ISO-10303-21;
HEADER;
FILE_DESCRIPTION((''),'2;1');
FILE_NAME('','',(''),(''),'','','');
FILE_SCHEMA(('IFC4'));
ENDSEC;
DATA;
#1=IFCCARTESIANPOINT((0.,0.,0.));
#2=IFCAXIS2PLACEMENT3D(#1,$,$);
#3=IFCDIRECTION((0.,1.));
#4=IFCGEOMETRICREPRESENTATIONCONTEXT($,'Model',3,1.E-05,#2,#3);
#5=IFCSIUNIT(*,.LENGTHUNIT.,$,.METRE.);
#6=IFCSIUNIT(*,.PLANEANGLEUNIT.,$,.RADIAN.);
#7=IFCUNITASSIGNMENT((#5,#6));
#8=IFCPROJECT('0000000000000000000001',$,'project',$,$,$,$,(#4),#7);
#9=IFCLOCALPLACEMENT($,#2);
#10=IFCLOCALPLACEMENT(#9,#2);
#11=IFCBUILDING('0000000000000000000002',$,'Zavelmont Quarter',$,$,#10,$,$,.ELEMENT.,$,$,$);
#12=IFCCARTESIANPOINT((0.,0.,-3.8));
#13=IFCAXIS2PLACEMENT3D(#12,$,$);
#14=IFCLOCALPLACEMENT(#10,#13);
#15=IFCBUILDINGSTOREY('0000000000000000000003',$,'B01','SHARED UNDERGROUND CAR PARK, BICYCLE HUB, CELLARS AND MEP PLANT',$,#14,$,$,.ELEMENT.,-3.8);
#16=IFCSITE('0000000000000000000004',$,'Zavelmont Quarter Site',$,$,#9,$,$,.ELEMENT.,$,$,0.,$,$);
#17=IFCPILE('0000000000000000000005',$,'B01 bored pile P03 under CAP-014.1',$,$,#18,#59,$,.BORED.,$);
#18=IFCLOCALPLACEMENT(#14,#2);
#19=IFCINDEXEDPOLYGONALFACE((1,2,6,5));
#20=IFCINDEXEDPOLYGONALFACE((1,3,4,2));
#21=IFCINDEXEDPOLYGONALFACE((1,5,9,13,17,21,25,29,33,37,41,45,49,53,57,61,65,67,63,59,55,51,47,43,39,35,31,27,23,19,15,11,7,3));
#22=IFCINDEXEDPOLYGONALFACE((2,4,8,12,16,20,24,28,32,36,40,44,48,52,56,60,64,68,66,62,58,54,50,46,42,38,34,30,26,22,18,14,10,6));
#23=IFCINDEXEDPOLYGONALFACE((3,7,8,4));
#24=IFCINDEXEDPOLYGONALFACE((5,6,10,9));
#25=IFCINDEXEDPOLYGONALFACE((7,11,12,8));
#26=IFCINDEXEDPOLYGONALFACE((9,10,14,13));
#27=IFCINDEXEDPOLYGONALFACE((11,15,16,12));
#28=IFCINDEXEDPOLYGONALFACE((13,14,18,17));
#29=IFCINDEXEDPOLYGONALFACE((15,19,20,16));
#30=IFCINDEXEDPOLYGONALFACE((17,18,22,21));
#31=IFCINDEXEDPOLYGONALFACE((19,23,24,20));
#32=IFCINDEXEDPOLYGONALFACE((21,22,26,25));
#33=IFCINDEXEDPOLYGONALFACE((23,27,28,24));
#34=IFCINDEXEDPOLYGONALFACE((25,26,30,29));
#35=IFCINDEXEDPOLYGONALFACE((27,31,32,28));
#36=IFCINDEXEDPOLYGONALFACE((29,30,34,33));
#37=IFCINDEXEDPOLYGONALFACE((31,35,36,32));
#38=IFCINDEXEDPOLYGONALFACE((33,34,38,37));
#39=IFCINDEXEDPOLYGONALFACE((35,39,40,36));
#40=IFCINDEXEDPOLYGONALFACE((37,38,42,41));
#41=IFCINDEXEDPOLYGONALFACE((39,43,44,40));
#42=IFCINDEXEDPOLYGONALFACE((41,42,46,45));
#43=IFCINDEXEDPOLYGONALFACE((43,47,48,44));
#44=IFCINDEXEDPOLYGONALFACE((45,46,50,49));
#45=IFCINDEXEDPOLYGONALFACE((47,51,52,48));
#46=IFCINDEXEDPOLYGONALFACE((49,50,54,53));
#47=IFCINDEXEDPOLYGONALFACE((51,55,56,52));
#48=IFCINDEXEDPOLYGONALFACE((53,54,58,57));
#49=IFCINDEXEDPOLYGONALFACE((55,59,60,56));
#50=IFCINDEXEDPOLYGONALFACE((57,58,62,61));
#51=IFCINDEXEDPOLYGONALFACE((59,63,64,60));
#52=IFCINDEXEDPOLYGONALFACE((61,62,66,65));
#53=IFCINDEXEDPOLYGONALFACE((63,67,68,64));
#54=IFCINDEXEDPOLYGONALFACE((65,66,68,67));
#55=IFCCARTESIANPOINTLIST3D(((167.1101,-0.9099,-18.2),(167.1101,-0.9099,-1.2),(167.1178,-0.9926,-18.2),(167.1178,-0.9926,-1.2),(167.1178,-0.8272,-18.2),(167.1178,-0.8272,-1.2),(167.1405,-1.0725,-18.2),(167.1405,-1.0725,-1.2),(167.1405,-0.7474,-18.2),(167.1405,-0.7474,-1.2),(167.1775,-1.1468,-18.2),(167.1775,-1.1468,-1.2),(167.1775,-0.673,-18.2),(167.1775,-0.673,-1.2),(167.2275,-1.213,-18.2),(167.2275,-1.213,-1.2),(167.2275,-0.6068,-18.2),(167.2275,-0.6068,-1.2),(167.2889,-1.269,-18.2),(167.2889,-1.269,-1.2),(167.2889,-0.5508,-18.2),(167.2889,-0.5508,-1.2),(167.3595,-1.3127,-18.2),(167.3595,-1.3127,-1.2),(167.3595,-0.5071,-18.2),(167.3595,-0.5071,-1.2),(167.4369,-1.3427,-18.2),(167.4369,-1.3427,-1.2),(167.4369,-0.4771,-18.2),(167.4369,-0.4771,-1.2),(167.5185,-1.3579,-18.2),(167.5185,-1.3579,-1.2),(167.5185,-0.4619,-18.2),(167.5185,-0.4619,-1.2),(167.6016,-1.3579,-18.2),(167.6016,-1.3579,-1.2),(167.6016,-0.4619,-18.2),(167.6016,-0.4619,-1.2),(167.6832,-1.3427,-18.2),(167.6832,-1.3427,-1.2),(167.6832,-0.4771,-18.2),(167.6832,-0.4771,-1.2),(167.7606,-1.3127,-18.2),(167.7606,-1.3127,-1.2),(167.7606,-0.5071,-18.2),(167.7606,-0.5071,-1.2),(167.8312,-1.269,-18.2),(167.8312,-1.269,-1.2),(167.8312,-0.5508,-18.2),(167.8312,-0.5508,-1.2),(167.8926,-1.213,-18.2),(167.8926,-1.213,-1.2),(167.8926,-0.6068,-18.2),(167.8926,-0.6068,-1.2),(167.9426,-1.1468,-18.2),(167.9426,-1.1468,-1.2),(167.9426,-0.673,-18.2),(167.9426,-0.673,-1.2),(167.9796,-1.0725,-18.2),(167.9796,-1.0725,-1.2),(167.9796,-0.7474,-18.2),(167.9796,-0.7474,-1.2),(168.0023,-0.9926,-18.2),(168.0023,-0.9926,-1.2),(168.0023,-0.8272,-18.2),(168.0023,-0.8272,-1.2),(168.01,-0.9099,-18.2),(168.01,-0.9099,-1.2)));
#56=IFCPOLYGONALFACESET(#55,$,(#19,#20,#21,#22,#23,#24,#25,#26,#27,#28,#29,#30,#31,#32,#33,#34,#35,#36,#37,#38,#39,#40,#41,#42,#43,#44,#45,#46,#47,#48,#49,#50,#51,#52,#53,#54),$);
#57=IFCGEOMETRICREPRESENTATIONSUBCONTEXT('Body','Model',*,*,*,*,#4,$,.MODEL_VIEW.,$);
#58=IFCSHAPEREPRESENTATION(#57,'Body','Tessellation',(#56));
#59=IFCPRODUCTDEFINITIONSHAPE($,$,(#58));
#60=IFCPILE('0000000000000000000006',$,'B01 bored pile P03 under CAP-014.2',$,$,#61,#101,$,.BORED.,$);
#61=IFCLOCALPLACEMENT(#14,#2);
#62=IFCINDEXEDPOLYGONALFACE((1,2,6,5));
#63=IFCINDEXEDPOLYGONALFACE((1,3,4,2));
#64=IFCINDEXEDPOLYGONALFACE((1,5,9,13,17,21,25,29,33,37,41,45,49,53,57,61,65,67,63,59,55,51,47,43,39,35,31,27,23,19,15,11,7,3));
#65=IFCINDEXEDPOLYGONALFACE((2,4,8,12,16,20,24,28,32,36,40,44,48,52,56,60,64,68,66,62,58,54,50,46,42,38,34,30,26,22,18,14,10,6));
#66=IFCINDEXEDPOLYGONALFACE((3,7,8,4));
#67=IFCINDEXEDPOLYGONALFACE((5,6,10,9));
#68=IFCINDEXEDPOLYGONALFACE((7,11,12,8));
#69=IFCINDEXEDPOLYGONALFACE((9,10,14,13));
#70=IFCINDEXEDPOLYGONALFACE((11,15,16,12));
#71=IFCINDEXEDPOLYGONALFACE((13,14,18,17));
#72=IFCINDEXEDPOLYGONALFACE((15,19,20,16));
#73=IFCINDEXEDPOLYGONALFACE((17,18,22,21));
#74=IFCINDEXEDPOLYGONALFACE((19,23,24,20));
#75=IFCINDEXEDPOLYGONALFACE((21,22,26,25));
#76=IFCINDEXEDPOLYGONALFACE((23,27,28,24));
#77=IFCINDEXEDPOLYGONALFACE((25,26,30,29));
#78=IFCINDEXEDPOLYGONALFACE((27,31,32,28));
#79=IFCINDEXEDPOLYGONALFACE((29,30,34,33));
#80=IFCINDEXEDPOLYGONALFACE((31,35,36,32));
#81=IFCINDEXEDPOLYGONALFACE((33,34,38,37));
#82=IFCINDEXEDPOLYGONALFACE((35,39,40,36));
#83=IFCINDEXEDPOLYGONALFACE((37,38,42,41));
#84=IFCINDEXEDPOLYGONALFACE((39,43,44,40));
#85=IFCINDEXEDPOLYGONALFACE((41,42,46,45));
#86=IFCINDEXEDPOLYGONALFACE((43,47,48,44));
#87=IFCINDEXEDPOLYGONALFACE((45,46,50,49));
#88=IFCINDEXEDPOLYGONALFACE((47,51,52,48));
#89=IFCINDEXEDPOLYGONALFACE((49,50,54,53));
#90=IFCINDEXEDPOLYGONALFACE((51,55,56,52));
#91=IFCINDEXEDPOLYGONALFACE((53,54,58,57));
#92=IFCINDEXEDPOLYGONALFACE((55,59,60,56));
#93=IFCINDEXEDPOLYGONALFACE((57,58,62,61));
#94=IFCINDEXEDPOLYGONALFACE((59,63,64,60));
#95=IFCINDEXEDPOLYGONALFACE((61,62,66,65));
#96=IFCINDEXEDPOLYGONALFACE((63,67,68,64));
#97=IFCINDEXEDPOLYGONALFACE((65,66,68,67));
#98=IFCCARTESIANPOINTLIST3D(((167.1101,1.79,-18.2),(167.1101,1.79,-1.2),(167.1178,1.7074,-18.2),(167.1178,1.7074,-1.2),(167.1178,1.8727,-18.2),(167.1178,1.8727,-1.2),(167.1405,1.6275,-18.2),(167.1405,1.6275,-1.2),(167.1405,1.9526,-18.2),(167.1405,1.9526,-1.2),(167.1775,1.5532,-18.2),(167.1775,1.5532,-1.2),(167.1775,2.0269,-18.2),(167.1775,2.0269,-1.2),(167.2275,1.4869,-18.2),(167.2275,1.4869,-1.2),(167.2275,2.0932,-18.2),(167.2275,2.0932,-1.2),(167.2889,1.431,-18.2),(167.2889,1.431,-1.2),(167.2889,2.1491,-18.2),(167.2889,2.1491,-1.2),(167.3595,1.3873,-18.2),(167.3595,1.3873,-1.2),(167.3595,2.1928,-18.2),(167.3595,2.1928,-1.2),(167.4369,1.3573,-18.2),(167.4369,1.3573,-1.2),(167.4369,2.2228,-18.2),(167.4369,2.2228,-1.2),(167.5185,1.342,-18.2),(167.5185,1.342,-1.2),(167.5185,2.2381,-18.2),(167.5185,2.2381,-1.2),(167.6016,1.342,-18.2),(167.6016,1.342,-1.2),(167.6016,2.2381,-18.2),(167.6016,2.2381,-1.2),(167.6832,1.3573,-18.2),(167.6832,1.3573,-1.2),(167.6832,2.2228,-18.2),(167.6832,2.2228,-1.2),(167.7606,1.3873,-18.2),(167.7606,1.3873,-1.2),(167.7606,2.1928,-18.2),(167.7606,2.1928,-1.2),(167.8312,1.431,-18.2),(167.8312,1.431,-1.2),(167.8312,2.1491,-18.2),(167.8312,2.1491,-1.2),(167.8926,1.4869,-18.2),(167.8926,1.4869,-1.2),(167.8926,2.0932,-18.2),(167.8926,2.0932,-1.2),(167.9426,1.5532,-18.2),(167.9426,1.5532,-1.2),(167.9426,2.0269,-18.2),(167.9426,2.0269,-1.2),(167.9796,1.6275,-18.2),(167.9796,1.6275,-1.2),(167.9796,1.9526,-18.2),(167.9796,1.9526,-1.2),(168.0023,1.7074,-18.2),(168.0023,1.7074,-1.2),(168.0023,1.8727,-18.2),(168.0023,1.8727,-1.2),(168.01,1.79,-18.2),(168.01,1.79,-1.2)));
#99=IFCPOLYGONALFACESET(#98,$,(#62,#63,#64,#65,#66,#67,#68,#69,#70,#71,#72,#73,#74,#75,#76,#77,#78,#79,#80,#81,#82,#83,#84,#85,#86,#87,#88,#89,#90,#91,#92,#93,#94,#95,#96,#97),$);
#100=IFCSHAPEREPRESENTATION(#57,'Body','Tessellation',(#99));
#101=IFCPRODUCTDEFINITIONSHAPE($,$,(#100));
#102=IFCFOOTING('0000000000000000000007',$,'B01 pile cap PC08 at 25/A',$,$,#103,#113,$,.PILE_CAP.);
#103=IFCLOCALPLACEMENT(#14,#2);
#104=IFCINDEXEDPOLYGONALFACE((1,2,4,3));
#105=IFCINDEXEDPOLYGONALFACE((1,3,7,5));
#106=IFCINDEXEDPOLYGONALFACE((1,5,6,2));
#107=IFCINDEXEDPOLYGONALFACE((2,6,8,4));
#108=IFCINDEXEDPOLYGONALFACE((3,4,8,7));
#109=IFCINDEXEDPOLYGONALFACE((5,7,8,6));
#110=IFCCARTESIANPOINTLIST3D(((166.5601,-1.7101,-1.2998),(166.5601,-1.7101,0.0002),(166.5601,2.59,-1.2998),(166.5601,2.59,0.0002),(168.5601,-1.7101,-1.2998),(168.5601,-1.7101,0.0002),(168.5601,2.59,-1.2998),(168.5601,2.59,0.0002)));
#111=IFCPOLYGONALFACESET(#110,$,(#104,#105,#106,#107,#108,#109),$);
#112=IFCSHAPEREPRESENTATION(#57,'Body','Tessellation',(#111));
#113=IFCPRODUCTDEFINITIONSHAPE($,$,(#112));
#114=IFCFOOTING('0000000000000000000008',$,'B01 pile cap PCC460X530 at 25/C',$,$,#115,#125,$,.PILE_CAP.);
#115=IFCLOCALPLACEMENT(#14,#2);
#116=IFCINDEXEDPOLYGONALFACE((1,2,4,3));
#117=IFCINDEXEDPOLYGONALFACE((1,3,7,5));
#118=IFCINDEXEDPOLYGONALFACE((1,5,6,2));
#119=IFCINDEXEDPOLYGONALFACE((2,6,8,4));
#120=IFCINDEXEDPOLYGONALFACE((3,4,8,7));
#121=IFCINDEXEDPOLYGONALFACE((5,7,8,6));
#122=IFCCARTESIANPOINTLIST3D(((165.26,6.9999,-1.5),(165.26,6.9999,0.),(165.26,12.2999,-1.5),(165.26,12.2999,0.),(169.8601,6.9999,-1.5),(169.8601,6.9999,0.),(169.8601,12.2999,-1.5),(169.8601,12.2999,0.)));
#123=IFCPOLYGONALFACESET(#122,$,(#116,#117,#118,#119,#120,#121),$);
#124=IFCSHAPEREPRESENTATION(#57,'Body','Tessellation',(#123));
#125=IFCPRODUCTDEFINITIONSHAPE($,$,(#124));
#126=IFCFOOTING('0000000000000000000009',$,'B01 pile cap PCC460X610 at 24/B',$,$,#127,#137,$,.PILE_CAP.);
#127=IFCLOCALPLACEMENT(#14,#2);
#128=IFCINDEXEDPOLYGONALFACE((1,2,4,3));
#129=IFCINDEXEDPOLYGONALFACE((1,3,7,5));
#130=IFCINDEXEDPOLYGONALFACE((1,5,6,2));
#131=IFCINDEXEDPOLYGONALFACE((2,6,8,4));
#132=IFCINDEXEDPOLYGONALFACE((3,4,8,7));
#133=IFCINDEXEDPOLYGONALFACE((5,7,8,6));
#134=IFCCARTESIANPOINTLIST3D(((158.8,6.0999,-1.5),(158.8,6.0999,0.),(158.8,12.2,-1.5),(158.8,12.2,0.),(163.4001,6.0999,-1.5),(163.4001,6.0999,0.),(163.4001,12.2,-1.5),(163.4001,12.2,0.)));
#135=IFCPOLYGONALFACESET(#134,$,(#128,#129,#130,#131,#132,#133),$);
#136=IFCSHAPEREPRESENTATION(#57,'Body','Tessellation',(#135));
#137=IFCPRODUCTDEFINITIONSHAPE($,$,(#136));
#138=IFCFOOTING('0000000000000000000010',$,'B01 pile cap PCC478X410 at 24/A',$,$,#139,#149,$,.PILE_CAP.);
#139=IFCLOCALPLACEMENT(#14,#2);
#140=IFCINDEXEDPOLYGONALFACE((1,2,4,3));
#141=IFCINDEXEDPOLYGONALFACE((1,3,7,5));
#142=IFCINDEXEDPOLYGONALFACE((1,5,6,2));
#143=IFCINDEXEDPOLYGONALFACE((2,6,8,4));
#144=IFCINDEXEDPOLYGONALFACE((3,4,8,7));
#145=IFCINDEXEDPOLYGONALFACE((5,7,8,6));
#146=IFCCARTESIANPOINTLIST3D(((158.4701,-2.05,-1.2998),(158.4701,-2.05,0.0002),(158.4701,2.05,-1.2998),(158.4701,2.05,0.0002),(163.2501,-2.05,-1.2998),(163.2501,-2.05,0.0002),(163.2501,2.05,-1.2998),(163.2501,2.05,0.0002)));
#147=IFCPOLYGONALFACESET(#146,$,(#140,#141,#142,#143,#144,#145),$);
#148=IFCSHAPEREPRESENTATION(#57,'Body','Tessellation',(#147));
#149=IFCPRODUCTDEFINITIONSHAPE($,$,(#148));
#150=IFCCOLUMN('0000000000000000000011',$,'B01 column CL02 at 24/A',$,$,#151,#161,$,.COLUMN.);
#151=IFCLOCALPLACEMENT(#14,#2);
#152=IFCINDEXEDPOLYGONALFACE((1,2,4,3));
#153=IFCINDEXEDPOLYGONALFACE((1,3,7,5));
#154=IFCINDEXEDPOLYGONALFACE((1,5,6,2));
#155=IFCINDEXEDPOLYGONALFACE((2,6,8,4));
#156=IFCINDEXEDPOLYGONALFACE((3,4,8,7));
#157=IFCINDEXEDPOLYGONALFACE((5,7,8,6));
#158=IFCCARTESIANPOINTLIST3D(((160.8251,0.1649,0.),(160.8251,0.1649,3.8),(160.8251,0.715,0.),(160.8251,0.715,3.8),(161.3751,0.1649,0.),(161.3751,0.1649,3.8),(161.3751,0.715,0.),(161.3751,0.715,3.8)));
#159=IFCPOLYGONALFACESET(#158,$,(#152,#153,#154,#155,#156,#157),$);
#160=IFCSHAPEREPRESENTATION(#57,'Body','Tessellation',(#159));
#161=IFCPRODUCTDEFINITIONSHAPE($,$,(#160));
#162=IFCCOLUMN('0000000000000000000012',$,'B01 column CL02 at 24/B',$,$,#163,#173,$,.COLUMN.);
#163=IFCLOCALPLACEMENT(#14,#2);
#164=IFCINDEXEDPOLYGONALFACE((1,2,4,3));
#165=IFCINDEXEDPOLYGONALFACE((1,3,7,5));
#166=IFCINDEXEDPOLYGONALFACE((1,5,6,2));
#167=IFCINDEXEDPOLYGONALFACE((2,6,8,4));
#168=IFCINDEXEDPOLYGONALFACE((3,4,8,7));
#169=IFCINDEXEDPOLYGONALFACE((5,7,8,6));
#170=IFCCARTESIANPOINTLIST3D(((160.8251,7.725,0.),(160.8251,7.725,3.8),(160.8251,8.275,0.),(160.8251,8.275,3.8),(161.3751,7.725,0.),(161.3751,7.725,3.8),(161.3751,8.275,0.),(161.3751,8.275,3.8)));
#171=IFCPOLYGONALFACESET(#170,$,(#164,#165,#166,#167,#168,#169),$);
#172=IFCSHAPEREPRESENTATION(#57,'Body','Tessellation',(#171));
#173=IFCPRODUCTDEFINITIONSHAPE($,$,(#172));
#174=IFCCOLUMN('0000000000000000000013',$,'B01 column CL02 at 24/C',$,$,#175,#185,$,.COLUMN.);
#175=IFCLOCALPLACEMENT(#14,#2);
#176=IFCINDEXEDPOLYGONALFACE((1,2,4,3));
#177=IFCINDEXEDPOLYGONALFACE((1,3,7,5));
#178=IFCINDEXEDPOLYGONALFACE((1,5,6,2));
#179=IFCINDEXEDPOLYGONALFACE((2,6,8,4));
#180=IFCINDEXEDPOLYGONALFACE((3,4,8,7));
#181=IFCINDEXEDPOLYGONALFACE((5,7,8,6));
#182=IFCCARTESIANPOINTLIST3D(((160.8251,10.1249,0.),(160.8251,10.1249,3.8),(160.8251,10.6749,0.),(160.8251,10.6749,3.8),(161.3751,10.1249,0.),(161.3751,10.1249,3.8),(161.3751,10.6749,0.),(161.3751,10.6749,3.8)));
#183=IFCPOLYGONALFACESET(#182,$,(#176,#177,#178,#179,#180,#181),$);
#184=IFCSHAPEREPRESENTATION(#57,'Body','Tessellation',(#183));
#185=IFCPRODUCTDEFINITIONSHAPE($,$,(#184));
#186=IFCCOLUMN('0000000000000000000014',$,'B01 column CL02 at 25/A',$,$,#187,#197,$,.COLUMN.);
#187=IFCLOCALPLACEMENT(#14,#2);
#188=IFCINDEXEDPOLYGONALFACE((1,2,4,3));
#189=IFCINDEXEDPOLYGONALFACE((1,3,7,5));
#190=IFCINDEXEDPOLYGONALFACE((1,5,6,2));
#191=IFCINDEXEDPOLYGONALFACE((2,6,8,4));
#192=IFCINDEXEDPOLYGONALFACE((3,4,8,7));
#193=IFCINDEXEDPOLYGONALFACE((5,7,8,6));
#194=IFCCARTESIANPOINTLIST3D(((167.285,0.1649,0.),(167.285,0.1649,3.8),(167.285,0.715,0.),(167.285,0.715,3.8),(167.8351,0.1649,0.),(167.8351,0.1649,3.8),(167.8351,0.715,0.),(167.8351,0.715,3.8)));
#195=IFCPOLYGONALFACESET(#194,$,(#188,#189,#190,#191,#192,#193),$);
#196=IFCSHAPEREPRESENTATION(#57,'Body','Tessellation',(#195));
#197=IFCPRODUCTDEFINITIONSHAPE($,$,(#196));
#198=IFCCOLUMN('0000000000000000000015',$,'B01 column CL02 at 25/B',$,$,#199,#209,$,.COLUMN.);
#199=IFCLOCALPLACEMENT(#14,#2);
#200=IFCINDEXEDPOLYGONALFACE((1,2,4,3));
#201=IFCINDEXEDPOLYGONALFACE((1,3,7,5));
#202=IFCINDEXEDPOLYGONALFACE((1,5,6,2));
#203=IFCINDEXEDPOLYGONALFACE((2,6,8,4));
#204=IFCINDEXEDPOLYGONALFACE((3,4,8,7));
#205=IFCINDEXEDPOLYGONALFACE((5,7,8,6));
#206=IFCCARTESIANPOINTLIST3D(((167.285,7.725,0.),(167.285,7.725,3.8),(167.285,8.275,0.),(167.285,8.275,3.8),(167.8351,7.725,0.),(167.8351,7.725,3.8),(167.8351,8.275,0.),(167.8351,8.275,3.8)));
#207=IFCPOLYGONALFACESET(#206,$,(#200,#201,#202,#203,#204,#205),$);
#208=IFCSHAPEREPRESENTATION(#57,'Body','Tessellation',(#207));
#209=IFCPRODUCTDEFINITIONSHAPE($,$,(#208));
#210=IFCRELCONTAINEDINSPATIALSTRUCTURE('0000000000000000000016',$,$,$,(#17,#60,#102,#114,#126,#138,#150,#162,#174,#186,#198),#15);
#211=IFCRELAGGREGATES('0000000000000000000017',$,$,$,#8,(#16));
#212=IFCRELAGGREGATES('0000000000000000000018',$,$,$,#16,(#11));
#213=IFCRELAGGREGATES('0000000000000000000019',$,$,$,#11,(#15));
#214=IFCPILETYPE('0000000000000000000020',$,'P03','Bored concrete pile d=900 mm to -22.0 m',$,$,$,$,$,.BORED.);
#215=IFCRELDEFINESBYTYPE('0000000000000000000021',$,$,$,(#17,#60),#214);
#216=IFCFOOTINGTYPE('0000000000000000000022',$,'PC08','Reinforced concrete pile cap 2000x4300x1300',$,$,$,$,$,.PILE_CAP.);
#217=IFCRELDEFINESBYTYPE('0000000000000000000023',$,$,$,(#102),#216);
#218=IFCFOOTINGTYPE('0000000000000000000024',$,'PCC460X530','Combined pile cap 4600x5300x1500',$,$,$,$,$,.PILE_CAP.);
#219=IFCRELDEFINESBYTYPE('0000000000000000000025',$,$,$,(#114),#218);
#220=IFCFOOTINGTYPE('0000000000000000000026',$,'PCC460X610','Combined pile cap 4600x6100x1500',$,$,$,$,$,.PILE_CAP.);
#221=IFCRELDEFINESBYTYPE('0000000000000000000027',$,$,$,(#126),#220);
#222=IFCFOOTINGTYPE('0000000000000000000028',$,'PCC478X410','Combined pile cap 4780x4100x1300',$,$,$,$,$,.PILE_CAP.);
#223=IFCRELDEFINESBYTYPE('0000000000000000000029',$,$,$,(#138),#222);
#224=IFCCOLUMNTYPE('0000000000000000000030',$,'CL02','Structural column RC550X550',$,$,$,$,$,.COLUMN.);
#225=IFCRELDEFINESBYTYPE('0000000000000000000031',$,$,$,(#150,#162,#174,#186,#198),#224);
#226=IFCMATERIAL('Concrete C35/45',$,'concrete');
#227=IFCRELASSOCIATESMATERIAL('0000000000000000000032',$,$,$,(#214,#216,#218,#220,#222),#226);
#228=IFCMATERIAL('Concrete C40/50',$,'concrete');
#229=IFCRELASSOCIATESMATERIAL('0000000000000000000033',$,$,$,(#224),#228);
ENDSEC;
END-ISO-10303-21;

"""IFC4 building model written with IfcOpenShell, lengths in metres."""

from ifc_helpers import new_model, si_unit, direction, frame, origin, origin_2d, place, context, subcontext, project, spatial, rectangle, circle, extrude, material, material_profile, profile_set, type_object, element, save


model = new_model("IFC4")

# Units and contexts
model_context = context("Model", 3, precision=1e-05, world=origin(), true_north=direction((0.0, 1.0)))
body_context = subcontext(model_context, "Body", "Model", "MODEL_VIEW")
ifc_project = project(units=[si_unit("LENGTHUNIT", "METRE"), si_unit("PLANEANGLEUNIT", "RADIAN")], contexts=[model_context])

# Site, building, storey
site_placement = place(None, origin())
site = spatial("IfcSite", under=ifc_project, at=site_placement, Name="Zavelmont Quarter Site", CompositionType="ELEMENT", RefElevation=0.0)
building_placement = place(site_placement, origin())
building = spatial("IfcBuilding", under=site, at=building_placement, Name="Zavelmont Quarter", CompositionType="ELEMENT")
storey_placement = place(building_placement, frame((0.0, 0.0, -3.8)))
storey = spatial("IfcBuildingStorey", under=building, at=storey_placement, Name="B01", Description="SHARED UNDERGROUND CAR PARK, BICYCLE HUB, CELLARS AND MEP PLANT", CompositionType="ELEMENT", Elevation=-3.8)

# Shared definitions
ifc_material_1 = material(Name="Concrete C35/45", Category="concrete")

# Piles
ifc_material_profile_1 = material_profile(ifc_material_1, circle(Radius=0.45, at=origin_2d()), Name="BP900")
ifc_profile_set_1 = profile_set([ifc_material_profile_1], Name="Concrete C35/45")
pile_type_1 = type_object("IfcPileType", Name="P03", Description="Bored concrete pile d=900 mm to -22.0 m", PredefinedType="BORED", material=ifc_profile_set_1)
for number, where, z_axis, x_axis, name in (
    (1, (167.5601, -0.9099, -1.2), (0.0, 0.0, -1.0), (1.0, 0.0, 0.0), "B01 bored pile P03 under CAP-014.1"),
    (2, (167.5601, 1.79, -1.2), (0.0, 0.0, -1.0), (1.0, 0.0, 0.0), "B01 bored pile P03 under CAP-014.2"),
):
    element("IfcPile", number, at=place(storey_placement, frame(where, z_axis=z_axis, x_axis=x_axis)), inside=storey, type_object=pile_type_1, Name=name, PredefinedType="BORED", context=body_context, shape_type="SweptSolid", body=[
        extrude(circle(Radius=0.45, at=origin_2d()), origin(), (0.0, 0.0, 1.0), 17.0),
    ])

# Footings
footing_type_1 = type_object("IfcFootingType", Name="PC08", Description="Reinforced concrete pile cap 2000x4300x1300", PredefinedType="PILE_CAP", material=ifc_material_1)
footing_1_placement = place(storey_placement, frame((167.5601, 0.4399, -1.2998), z_axis=(0.0, 0.0, 1.0), x_axis=(1.0, 0.0, 0.0)))
element("IfcFooting", 3, at=footing_1_placement, inside=storey, type_object=footing_type_1, Name="B01 pile cap PC08 at 25/A", PredefinedType="PILE_CAP", context=body_context, shape_type="SweptSolid", body=[
    extrude(rectangle(XDim=2.0, YDim=4.3, at=origin_2d()), origin(), (0.0, 0.0, 1.0), 1.3),
])
footing_type_2 = type_object("IfcFootingType", Name="PCC460X530", Description="Combined pile cap 4600x5300x1500", PredefinedType="PILE_CAP", material=ifc_material_1)
footing_2_placement = place(storey_placement, frame((167.5601, 9.6499, -1.5), z_axis=(0.0, 0.0, 1.0), x_axis=(1.0, 0.0, 0.0)))
element("IfcFooting", 4, at=footing_2_placement, inside=storey, type_object=footing_type_2, Name="B01 pile cap PCC460X530 at 25/C", PredefinedType="PILE_CAP", context=body_context, shape_type="SweptSolid", body=[
    extrude(rectangle(XDim=4.6001, YDim=5.3, at=origin_2d()), origin(), (0.0, 0.0, 1.0), 1.5),
])
footing_type_3 = type_object("IfcFootingType", Name="PCC460X610", Description="Combined pile cap 4600x6100x1500", PredefinedType="PILE_CAP", material=ifc_material_1)
footing_3_placement = place(storey_placement, frame((161.1001, 9.1499, -1.5), z_axis=(0.0, 0.0, 1.0), x_axis=(1.0, 0.0, 0.0)))
element("IfcFooting", 5, at=footing_3_placement, inside=storey, type_object=footing_type_3, Name="B01 pile cap PCC460X610 at 24/B", PredefinedType="PILE_CAP", context=body_context, shape_type="SweptSolid", body=[
    extrude(rectangle(XDim=4.6001, YDim=6.1001, at=origin_2d()), origin(), (0.0, 0.0, 1.0), 1.5),
])
footing_type_4 = type_object("IfcFootingType", Name="PCC478X410", Description="Combined pile cap 4780x4100x1300", PredefinedType="PILE_CAP", material=ifc_material_1)
footing_4_placement = place(storey_placement, frame((160.8601, 0.0, -1.2998), z_axis=(0.0, 0.0, 1.0), x_axis=(1.0, 0.0, 0.0)))
element("IfcFooting", 6, at=footing_4_placement, inside=storey, type_object=footing_type_4, Name="B01 pile cap PCC478X410 at 24/A", PredefinedType="PILE_CAP", context=body_context, shape_type="SweptSolid", body=[
    extrude(rectangle(XDim=4.78, YDim=4.1001, at=origin_2d()), origin(), (0.0, 0.0, 1.0), 1.3),
])

# Columns
ifc_material_2 = material(Name="Concrete C40/50", Category="concrete")
ifc_material_profile_2 = material_profile(ifc_material_2, rectangle(XDim=0.55, YDim=0.55, at=origin_2d()), Name="RC550X550")
ifc_profile_set_2 = profile_set([ifc_material_profile_2], Name="Concrete C40/50")
column_type_1 = type_object("IfcColumnType", Name="CL02", Description="Structural column RC550X550", PredefinedType="COLUMN", material=ifc_profile_set_2)
for number, where, z_axis, x_axis, name in (
    (7, (161.1001, 0.4399, 0.0), (0.0, 0.0, 1.0), (1.0, 0.0, 0.0), "B01 column CL02 at 24/A"),
    (8, (161.1001, 8.0, 0.0), (0.0, 0.0, 1.0), (1.0, 0.0, 0.0), "B01 column CL02 at 24/B"),
    (9, (161.1001, 10.3999, 0.0), (0.0, 0.0, 1.0), (1.0, 0.0, 0.0), "B01 column CL02 at 24/C"),
    (10, (167.5601, 0.4399, 0.0), (0.0, 0.0, 1.0), (1.0, 0.0, 0.0), "B01 column CL02 at 25/A"),
    (11, (167.5601, 8.0, 0.0), (0.0, 0.0, 1.0), (1.0, 0.0, 0.0), "B01 column CL02 at 25/B"),
):
    element("IfcColumn", number, at=place(storey_placement, frame(where, z_axis=z_axis, x_axis=x_axis)), inside=storey, type_object=column_type_1, Name=name, PredefinedType="COLUMN", context=body_context, shape_type="SweptSolid", body=[
        extrude(rectangle(XDim=0.55, YDim=0.55, at=origin_2d()), origin(), (0.0, 0.0, 1.0), 3.8),
    ])

save(model, "model.ifc")
